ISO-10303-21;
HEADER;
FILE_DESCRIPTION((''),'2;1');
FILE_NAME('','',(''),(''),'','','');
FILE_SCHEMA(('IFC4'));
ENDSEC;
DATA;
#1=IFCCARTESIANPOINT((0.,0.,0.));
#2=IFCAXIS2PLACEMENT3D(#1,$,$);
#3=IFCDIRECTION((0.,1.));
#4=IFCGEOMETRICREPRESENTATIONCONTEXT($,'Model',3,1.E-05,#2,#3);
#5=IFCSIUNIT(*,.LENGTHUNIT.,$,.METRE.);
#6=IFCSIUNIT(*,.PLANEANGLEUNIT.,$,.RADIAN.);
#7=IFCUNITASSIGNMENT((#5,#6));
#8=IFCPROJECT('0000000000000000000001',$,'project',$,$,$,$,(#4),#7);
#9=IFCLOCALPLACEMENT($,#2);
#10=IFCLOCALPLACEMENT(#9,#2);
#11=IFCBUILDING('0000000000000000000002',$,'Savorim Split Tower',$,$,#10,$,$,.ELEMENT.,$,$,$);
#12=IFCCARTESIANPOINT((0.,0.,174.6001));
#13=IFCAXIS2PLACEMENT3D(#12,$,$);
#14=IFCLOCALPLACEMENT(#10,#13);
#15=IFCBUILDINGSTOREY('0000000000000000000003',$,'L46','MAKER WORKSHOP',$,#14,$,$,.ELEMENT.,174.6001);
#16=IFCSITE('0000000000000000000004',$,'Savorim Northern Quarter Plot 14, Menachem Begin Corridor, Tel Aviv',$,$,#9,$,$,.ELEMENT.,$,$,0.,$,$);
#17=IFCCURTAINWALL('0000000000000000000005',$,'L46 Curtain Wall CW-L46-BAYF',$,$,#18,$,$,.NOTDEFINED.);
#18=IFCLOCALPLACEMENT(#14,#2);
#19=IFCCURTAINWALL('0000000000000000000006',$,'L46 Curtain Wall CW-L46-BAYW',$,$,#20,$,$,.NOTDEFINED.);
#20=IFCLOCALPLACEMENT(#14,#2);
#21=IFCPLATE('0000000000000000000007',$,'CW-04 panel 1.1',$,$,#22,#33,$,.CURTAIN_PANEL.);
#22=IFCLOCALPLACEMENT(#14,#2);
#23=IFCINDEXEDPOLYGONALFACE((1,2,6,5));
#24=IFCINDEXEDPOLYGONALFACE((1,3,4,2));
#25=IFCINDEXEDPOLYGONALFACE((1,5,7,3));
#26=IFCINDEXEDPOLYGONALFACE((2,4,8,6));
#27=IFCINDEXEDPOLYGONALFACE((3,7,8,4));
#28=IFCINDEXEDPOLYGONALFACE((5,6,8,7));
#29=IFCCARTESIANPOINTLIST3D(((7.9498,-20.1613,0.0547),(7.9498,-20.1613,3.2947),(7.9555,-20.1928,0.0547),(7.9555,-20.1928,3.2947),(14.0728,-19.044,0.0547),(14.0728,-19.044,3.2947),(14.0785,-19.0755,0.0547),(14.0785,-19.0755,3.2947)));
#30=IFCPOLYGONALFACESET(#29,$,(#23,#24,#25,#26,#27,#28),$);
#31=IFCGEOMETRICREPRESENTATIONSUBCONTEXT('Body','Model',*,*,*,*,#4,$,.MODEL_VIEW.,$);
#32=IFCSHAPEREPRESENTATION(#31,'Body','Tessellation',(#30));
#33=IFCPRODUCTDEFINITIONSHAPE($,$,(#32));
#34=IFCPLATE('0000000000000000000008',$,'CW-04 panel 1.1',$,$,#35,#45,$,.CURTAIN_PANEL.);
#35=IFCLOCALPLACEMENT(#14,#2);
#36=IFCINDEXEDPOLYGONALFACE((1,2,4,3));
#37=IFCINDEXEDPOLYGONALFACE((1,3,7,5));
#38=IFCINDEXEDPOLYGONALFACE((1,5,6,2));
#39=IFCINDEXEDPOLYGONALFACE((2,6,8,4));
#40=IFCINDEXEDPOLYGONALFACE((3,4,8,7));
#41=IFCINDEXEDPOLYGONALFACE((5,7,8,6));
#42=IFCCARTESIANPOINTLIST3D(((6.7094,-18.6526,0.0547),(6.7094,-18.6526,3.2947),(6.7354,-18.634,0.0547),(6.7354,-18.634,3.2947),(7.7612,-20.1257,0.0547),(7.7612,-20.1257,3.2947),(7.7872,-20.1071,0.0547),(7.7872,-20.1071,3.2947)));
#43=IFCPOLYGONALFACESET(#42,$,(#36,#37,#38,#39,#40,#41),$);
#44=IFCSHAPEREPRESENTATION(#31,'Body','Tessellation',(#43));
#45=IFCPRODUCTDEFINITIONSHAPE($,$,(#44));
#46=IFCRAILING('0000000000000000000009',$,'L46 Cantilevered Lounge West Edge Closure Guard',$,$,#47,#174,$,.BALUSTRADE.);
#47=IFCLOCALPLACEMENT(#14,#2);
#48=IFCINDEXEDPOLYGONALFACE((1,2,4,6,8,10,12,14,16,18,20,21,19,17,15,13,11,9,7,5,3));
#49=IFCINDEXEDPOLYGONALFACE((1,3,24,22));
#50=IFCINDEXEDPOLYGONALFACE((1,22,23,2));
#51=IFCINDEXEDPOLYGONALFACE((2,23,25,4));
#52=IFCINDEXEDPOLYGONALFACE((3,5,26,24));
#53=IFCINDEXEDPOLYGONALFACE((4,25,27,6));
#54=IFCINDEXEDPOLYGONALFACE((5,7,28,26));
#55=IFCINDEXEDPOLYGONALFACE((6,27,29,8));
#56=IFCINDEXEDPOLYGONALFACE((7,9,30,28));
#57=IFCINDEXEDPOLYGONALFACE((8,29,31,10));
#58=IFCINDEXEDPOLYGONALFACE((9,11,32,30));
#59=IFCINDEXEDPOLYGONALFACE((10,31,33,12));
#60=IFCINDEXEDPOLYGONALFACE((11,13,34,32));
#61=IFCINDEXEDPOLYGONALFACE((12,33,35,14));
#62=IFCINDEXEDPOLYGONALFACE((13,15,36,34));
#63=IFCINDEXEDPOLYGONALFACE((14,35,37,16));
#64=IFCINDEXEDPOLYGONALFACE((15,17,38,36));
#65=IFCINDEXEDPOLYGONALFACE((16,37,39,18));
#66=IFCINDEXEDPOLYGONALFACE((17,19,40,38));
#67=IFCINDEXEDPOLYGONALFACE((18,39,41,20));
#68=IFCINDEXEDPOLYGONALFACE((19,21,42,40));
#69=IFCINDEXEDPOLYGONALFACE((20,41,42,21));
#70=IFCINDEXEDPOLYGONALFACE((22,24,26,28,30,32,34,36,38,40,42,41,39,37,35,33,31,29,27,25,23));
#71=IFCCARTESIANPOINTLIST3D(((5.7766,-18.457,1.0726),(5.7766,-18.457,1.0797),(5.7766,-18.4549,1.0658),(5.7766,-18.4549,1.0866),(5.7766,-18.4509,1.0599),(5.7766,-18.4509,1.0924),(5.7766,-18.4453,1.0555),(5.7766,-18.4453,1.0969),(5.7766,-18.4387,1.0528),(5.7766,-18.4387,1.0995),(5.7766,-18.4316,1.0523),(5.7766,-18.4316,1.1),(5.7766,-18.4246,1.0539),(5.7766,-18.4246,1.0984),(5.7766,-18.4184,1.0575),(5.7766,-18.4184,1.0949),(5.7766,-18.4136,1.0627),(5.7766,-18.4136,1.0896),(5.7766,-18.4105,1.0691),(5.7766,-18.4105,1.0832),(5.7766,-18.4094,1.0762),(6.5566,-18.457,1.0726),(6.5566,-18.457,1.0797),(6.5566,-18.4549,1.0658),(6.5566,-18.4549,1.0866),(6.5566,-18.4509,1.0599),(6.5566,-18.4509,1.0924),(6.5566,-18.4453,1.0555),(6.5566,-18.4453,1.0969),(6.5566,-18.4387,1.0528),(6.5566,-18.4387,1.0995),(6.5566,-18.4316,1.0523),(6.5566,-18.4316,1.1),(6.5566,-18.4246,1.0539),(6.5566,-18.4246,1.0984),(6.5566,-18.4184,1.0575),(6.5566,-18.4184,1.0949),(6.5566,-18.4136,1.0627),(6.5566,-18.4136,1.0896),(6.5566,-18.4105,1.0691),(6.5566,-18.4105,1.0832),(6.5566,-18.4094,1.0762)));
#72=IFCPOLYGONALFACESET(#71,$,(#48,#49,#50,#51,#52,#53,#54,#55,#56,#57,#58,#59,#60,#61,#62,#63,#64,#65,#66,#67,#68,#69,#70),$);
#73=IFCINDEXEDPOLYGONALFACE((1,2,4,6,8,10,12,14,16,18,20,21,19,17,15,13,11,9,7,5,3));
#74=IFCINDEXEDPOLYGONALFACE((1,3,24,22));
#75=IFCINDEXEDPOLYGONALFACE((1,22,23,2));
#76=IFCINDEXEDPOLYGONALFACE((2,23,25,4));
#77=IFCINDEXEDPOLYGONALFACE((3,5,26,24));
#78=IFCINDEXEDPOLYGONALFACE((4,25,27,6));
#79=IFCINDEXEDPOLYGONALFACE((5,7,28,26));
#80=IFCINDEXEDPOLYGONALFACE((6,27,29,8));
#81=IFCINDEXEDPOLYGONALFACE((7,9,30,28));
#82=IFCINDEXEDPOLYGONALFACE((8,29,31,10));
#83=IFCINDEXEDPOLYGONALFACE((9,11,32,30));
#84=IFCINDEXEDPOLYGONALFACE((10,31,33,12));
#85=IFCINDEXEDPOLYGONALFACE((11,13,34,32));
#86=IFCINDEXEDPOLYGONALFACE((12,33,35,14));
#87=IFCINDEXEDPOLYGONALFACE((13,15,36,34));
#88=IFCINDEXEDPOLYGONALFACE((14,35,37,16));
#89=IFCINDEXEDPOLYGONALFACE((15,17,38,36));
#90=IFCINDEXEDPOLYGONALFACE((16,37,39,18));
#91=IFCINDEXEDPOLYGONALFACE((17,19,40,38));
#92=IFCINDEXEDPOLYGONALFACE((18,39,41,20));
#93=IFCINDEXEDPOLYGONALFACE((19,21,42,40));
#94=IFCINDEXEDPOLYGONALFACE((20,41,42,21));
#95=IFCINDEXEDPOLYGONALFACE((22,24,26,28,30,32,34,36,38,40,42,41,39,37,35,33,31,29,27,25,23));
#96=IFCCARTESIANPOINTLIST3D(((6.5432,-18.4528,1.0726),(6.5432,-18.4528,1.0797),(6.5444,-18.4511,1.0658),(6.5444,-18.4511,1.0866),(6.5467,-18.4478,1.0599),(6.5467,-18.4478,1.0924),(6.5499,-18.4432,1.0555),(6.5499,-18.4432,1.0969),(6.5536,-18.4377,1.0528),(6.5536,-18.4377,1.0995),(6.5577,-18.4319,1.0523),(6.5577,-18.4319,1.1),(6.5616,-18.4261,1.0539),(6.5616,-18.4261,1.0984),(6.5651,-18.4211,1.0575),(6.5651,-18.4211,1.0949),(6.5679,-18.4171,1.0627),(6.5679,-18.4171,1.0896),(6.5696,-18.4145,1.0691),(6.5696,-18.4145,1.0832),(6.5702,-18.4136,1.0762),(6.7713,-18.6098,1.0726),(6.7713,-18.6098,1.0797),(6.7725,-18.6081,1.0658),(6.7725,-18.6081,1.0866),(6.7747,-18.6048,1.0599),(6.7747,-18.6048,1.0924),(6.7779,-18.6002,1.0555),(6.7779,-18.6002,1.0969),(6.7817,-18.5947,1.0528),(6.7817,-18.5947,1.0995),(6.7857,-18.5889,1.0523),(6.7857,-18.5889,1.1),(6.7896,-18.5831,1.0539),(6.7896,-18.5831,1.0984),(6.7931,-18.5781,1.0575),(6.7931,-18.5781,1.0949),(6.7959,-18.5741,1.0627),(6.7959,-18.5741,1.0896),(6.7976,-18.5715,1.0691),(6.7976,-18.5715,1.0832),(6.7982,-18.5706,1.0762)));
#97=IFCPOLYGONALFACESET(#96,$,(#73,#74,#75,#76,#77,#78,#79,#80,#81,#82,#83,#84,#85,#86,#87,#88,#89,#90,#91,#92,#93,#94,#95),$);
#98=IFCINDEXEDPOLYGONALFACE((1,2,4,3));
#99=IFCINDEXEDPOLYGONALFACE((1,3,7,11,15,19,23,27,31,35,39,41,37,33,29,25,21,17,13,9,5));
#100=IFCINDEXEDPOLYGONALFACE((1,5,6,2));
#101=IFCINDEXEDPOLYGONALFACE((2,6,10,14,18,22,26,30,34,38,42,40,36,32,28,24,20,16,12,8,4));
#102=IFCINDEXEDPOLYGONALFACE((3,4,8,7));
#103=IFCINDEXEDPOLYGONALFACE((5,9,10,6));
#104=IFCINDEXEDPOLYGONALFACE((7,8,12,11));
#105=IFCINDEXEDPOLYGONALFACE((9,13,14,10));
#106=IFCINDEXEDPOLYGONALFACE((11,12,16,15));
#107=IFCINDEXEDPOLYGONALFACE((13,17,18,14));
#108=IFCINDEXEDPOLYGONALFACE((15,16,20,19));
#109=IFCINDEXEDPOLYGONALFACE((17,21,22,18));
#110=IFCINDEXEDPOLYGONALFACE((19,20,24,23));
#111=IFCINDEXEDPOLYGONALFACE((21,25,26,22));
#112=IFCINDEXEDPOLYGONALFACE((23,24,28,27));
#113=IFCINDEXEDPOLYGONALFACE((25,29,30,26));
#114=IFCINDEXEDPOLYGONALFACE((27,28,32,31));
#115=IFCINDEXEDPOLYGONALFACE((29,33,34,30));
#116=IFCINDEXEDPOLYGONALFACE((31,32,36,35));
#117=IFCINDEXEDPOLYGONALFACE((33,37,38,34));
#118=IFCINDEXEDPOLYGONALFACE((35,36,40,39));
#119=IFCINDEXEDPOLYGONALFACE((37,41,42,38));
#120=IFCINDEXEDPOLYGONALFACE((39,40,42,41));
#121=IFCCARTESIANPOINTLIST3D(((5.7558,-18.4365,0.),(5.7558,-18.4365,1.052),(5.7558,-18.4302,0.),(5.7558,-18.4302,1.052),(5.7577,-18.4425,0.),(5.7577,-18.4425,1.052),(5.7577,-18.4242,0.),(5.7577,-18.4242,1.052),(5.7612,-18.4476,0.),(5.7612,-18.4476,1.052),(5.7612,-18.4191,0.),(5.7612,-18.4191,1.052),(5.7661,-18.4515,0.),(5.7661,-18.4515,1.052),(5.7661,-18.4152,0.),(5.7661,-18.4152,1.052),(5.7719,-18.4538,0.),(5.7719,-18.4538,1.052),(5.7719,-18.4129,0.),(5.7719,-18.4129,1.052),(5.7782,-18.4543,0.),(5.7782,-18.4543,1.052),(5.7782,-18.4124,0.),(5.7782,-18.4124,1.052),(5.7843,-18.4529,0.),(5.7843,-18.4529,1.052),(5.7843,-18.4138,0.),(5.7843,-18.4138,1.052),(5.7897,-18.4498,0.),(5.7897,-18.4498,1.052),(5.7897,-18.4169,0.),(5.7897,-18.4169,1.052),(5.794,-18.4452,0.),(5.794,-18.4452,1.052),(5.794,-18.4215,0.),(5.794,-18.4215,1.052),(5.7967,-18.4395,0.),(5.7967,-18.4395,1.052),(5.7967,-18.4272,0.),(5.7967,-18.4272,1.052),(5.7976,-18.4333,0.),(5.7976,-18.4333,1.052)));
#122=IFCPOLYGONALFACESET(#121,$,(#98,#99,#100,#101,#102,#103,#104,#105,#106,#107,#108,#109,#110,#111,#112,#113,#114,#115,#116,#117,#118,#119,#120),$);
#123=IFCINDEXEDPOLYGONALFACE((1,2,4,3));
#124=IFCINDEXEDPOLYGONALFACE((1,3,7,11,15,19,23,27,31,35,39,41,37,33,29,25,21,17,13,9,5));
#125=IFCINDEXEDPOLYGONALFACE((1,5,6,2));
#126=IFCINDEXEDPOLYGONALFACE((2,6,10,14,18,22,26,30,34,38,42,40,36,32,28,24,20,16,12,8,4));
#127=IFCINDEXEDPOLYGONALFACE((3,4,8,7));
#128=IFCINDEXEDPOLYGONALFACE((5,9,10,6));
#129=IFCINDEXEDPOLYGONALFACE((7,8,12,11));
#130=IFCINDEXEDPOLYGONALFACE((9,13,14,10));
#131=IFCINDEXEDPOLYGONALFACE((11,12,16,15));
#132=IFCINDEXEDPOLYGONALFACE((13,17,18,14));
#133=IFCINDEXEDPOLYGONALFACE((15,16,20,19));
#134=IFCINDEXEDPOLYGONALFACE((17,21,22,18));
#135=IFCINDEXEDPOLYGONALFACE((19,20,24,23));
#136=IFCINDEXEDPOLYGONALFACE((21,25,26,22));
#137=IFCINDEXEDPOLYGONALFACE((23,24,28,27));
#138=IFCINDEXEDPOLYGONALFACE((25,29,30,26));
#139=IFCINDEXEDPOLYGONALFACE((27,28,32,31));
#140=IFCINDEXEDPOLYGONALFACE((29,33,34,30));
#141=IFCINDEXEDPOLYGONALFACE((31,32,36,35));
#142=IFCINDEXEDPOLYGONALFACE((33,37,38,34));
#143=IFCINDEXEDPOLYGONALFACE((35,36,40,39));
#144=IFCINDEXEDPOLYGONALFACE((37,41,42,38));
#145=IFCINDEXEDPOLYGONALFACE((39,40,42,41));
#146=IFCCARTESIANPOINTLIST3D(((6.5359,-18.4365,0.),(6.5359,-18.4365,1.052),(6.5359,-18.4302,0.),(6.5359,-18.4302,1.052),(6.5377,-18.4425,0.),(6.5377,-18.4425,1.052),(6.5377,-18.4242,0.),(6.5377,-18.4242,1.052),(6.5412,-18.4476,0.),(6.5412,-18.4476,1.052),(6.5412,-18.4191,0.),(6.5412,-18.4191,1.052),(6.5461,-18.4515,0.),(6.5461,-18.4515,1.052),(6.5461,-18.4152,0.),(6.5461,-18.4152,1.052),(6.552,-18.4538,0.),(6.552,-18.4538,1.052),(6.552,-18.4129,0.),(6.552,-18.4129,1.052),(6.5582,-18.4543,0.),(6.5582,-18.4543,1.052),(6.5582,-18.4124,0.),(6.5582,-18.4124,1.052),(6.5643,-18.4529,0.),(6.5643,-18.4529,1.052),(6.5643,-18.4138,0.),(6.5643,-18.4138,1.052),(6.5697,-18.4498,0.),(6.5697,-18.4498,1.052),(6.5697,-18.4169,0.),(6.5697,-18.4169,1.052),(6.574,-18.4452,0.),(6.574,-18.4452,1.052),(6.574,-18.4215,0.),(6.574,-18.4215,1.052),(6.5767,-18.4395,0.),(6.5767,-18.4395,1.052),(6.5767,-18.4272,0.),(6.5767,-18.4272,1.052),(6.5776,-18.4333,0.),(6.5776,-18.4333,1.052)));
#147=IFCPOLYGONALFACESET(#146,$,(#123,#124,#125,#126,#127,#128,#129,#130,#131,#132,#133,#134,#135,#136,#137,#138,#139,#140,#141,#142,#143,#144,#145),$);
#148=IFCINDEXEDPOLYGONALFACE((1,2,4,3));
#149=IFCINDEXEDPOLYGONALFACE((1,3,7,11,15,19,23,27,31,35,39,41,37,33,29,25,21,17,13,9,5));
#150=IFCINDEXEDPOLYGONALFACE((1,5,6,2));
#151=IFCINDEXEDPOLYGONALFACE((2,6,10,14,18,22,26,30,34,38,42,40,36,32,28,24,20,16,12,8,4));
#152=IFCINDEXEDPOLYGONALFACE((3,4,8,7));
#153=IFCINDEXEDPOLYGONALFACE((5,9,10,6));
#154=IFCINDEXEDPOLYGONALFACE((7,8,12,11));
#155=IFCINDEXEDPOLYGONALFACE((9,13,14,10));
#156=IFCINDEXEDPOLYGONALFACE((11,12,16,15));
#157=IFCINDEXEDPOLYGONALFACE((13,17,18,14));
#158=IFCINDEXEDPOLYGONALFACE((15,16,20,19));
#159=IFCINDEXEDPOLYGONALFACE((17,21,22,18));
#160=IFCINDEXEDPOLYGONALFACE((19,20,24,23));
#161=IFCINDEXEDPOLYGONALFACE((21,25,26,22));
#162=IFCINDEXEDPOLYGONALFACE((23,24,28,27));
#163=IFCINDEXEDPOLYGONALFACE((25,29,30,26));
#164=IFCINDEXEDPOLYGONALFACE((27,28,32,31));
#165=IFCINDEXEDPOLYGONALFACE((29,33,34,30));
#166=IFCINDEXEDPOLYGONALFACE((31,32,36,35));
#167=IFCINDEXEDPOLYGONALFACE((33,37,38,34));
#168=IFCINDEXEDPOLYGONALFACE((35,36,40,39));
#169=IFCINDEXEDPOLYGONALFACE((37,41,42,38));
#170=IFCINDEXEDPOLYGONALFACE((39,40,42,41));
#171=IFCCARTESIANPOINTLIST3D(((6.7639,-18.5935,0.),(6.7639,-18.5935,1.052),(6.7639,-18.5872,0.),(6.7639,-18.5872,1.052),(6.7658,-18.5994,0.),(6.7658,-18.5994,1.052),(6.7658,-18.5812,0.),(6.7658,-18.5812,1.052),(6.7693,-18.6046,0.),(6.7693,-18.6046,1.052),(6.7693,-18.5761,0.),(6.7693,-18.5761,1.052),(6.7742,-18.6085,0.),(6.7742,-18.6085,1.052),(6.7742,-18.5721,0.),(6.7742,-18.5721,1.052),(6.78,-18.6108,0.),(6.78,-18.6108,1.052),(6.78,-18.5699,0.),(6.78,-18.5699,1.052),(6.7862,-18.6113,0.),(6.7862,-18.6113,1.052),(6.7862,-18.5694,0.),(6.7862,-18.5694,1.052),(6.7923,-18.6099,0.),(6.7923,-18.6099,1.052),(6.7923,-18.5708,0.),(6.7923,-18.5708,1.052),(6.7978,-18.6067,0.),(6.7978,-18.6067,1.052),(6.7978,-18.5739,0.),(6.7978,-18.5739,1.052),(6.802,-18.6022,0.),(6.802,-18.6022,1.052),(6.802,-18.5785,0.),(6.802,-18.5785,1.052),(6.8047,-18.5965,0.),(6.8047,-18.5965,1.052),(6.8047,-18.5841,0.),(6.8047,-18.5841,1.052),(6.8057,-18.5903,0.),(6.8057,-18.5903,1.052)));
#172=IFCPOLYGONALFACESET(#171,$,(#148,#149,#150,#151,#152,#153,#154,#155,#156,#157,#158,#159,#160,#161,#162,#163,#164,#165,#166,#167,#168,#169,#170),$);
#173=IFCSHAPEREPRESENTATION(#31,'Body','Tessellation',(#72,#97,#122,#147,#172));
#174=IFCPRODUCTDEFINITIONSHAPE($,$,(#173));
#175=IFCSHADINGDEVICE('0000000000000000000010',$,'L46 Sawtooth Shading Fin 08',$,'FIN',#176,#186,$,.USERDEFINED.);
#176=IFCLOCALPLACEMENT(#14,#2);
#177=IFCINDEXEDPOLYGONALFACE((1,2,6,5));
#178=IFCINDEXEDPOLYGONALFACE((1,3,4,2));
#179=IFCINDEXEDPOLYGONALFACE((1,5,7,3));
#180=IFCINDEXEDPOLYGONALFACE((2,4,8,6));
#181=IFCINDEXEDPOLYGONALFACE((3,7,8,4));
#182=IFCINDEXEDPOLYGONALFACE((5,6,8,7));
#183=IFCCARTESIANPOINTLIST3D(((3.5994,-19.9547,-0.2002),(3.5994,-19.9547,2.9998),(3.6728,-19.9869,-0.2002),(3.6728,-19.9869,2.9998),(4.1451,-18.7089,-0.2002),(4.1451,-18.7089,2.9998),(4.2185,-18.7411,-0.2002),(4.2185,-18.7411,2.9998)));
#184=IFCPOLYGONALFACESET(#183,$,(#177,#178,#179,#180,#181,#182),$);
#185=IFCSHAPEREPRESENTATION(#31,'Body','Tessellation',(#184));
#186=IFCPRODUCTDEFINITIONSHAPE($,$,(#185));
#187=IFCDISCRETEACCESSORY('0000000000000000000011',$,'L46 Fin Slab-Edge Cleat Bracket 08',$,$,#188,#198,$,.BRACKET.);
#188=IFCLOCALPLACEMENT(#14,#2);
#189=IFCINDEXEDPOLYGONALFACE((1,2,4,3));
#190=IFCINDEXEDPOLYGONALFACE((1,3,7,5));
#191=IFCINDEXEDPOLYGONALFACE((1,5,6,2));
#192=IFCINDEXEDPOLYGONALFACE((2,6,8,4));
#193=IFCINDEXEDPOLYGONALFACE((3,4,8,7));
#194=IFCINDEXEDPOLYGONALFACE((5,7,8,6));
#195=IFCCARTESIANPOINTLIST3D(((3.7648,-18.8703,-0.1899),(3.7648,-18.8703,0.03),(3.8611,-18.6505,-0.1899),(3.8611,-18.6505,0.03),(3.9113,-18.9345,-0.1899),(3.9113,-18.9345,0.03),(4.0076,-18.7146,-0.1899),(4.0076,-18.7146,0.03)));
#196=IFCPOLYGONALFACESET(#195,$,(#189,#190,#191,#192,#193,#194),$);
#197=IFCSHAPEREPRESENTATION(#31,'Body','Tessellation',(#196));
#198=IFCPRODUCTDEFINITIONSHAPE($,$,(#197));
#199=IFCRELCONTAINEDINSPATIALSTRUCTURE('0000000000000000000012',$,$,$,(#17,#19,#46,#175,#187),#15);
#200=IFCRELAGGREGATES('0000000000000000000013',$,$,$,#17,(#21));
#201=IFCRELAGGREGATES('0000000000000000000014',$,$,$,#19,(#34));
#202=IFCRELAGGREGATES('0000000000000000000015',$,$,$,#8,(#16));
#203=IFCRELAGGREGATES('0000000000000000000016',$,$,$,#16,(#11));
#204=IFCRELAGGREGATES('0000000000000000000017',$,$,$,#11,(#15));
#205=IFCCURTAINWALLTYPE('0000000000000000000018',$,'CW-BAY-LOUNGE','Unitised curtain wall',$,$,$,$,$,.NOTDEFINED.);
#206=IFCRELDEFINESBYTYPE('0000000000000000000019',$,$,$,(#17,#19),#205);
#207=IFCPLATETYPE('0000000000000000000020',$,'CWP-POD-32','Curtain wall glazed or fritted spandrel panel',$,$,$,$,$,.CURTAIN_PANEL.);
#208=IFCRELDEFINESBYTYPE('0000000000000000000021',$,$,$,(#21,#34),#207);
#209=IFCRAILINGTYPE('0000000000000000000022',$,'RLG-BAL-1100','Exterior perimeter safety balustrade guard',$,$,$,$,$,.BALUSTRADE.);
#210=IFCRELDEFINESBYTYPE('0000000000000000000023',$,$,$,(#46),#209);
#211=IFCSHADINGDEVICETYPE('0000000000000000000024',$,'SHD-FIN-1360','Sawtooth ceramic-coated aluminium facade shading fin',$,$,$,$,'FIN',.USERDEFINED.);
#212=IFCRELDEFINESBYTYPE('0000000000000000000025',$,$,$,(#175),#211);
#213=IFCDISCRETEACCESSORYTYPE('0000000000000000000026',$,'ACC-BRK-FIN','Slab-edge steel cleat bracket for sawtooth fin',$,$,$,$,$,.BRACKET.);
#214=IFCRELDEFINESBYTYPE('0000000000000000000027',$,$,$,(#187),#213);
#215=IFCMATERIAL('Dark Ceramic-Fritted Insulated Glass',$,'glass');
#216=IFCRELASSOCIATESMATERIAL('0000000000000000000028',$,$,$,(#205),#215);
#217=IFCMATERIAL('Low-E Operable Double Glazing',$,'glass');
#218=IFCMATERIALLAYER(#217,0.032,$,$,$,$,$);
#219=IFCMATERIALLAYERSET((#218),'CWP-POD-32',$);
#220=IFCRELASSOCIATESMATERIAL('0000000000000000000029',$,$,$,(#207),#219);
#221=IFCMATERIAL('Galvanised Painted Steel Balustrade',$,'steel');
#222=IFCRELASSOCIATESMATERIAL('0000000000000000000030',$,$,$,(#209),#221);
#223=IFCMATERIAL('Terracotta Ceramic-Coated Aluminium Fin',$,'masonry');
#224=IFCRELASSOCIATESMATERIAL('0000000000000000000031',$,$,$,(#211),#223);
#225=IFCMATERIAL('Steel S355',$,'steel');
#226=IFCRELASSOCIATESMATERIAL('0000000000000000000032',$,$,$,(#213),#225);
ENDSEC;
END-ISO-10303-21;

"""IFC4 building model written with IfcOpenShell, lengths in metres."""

from ifc_helpers import new_model, si_unit, direction, frame, origin, origin_2d, place, context, subcontext, project, spatial, rectangle, circle, extrude, material, layer, layer_set, type_object, element, aggregate, save


model = new_model("IFC4")

# Units and contexts
model_context = context("Model", 3, precision=1e-05, world=origin(), true_north=direction((0.0, 1.0)))
body_context = subcontext(model_context, "Body", "Model", "MODEL_VIEW")
ifc_project = project(units=[si_unit("LENGTHUNIT", "METRE"), si_unit("PLANEANGLEUNIT", "RADIAN")], contexts=[model_context])

# Site, building, storey
site_placement = place(None, origin())
site = spatial("IfcSite", under=ifc_project, at=site_placement, Name="Savorim Northern Quarter Plot 14, Menachem Begin Corridor, Tel Aviv", CompositionType="ELEMENT", RefElevation=0.0)
building_placement = place(site_placement, origin())
building = spatial("IfcBuilding", under=site, at=building_placement, Name="Savorim Split Tower", CompositionType="ELEMENT")
storey_placement = place(building_placement, frame((0.0, 0.0, 174.6001)))
storey = spatial("IfcBuildingStorey", under=building, at=storey_placement, Name="L46", Description="MAKER WORKSHOP", CompositionType="ELEMENT", Elevation=174.6001)

# Shared definitions
ifc_material_1 = material(Name="Dark Ceramic-Fritted Insulated Glass", Category="glass")

# Curtain walls
curtain_wall_type_1 = type_object("IfcCurtainWallType", Name="CW-BAY-LOUNGE", Description="Unitised curtain wall", PredefinedType="NOTDEFINED", material=ifc_material_1)
curtain_wall_1_placement = place(storey_placement, origin())
curtain_wall_1 = element("IfcCurtainWall", 1, at=curtain_wall_1_placement, inside=storey, type_object=curtain_wall_type_1, Name="L46 Curtain Wall CW-L46-BAYF", PredefinedType="NOTDEFINED")
curtain_wall_2_placement = place(storey_placement, origin())
curtain_wall_2 = element("IfcCurtainWall", 2, at=curtain_wall_2_placement, inside=storey, type_object=curtain_wall_type_1, Name="L46 Curtain Wall CW-L46-BAYW", PredefinedType="NOTDEFINED")

# Plates
ifc_material_2 = material(Name="Low-E Operable Double Glazing", Category="glass")
ifc_layer_1 = layer(ifc_material_2, 0.032)
ifc_layer_set_1 = layer_set([ifc_layer_1], Name="CWP-POD-32")
plate_type_1 = type_object("IfcPlateType", Name="CWP-POD-32", Description="Curtain wall glazed or fritted spandrel panel", PredefinedType="CURTAIN_PANEL", material=ifc_layer_set_1)
plate_1_placement = place(storey_placement, frame((11.0142, -19.6184, 0.0547), z_axis=(0.0, 0.0, 1.0), x_axis=(0.983755, 0.179518, 0.0)))
plate_1 = element("IfcPlate", 3, at=plate_1_placement, type_object=plate_type_1, Name="CW-04 panel 1.1", PredefinedType="CURTAIN_PANEL", context=body_context, shape_type="SweptSolid", body=[
    extrude(rectangle(XDim=6.2241, YDim=0.032, at=origin_2d()), origin(), (0.0, 0.0, 1.0), 3.24),
])
aggregate(curtain_wall_1, [plate_1])
plate_2_placement = place(storey_placement, frame((7.2483, -19.3799, 0.0547), z_axis=(0.0, 0.0, 1.0), x_axis=(0.581097, -0.813834, 0.0)))
plate_2 = element("IfcPlate", 4, at=plate_2_placement, type_object=plate_type_1, Name="CW-04 panel 1.1", PredefinedType="CURTAIN_PANEL", context=body_context, shape_type="SweptSolid", body=[
    extrude(rectangle(XDim=1.8101, YDim=0.032, at=origin_2d()), origin(), (0.0, 0.0, 1.0), 3.24),
])
aggregate(curtain_wall_2, [plate_2])

# Railing
ifc_material_3 = material(Name="Galvanised Painted Steel Balustrade", Category="steel")
railing_type = type_object("IfcRailingType", Name="RLG-BAL-1100", Description="Exterior perimeter safety balustrade guard", PredefinedType="BALUSTRADE", material=ifc_material_3)
railing_placement = place(storey_placement, frame((5.7766, -18.4333, 0.0)))
element("IfcRailing", 5, at=railing_placement, inside=storey, type_object=railing_type, Name="L46 Cantilevered Lounge West Edge Closure Guard", PredefinedType="BALUSTRADE", context=body_context, shape_type="SweptSolid", body=[
    extrude(circle(Radius=0.0239, at=origin_2d()), frame((0.0, 0.0, 1.0762), z_axis=(1.0, 0.0, 0.0), x_axis=(0.0, 1.0, 0.0)), (0.0, 0.0, 1.0), 0.78),
    extrude(circle(Radius=0.0239, at=origin_2d()), frame((0.78, 0.0, 1.0762), z_axis=(0.823682, -0.567053, 0.0), x_axis=(0.567053, 0.823682, 0.0)), (0.0, 0.0, 1.0), 0.2769),
    extrude(circle(Radius=0.021, at=origin_2d()), origin(), (0.0, 0.0, 1.0), 1.052),
    extrude(circle(Radius=0.021, at=origin_2d()), frame((0.78, 0.0, 0.0)), (0.0, 0.0, 1.0), 1.052),
    extrude(circle(Radius=0.021, at=origin_2d()), frame((1.0081, -0.157, 0.0)), (0.0, 0.0, 1.0), 1.052),
])

# Shading device
ifc_material_4 = material(Name="Terracotta Ceramic-Coated Aluminium Fin", Category="masonry")
shading_device_type = type_object("IfcShadingDeviceType", Name="SHD-FIN-1360", Description="Sawtooth ceramic-coated aluminium facade shading fin", ElementType="FIN", PredefinedType="USERDEFINED", material=ifc_material_4)
shading_device_placement = place(storey_placement, frame((3.9089, -19.3479, -0.2002), z_axis=(0.0, 0.0, 1.0), x_axis=(-0.40123, -0.915977, 0.0)))
element("IfcShadingDevice", 6, at=shading_device_placement, inside=storey, type_object=shading_device_type, Name="L46 Sawtooth Shading Fin 08", ObjectType="FIN", PredefinedType="USERDEFINED", context=body_context, shape_type="SweptSolid", body=[
    extrude(rectangle(XDim=1.3601, YDim=0.0801, at=origin_2d()), origin(), (0.0, 0.0, 1.0), 3.2),
])

# Discrete accessory
ifc_material_5 = material(Name="Steel S355", Category="steel")
discrete_accessory_type = type_object("IfcDiscreteAccessoryType", Name="ACC-BRK-FIN", Description="Slab-edge steel cleat bracket for sawtooth fin", PredefinedType="BRACKET", material=ifc_material_5)
discrete_accessory_placement = place(storey_placement, frame((3.8862, -18.7925, -0.1899), z_axis=(0.0, 0.0, 1.0), x_axis=(-0.40123, -0.915977, 0.0)))
element("IfcDiscreteAccessory", 7, at=discrete_accessory_placement, inside=storey, type_object=discrete_accessory_type, Name="L46 Fin Slab-Edge Cleat Bracket 08", PredefinedType="BRACKET", context=body_context, shape_type="SweptSolid", body=[
    extrude(rectangle(XDim=0.24, YDim=0.1599, at=origin_2d()), origin(), (0.0, 0.0, 1.0), 0.22),
])

save(model, "model.ifc")
